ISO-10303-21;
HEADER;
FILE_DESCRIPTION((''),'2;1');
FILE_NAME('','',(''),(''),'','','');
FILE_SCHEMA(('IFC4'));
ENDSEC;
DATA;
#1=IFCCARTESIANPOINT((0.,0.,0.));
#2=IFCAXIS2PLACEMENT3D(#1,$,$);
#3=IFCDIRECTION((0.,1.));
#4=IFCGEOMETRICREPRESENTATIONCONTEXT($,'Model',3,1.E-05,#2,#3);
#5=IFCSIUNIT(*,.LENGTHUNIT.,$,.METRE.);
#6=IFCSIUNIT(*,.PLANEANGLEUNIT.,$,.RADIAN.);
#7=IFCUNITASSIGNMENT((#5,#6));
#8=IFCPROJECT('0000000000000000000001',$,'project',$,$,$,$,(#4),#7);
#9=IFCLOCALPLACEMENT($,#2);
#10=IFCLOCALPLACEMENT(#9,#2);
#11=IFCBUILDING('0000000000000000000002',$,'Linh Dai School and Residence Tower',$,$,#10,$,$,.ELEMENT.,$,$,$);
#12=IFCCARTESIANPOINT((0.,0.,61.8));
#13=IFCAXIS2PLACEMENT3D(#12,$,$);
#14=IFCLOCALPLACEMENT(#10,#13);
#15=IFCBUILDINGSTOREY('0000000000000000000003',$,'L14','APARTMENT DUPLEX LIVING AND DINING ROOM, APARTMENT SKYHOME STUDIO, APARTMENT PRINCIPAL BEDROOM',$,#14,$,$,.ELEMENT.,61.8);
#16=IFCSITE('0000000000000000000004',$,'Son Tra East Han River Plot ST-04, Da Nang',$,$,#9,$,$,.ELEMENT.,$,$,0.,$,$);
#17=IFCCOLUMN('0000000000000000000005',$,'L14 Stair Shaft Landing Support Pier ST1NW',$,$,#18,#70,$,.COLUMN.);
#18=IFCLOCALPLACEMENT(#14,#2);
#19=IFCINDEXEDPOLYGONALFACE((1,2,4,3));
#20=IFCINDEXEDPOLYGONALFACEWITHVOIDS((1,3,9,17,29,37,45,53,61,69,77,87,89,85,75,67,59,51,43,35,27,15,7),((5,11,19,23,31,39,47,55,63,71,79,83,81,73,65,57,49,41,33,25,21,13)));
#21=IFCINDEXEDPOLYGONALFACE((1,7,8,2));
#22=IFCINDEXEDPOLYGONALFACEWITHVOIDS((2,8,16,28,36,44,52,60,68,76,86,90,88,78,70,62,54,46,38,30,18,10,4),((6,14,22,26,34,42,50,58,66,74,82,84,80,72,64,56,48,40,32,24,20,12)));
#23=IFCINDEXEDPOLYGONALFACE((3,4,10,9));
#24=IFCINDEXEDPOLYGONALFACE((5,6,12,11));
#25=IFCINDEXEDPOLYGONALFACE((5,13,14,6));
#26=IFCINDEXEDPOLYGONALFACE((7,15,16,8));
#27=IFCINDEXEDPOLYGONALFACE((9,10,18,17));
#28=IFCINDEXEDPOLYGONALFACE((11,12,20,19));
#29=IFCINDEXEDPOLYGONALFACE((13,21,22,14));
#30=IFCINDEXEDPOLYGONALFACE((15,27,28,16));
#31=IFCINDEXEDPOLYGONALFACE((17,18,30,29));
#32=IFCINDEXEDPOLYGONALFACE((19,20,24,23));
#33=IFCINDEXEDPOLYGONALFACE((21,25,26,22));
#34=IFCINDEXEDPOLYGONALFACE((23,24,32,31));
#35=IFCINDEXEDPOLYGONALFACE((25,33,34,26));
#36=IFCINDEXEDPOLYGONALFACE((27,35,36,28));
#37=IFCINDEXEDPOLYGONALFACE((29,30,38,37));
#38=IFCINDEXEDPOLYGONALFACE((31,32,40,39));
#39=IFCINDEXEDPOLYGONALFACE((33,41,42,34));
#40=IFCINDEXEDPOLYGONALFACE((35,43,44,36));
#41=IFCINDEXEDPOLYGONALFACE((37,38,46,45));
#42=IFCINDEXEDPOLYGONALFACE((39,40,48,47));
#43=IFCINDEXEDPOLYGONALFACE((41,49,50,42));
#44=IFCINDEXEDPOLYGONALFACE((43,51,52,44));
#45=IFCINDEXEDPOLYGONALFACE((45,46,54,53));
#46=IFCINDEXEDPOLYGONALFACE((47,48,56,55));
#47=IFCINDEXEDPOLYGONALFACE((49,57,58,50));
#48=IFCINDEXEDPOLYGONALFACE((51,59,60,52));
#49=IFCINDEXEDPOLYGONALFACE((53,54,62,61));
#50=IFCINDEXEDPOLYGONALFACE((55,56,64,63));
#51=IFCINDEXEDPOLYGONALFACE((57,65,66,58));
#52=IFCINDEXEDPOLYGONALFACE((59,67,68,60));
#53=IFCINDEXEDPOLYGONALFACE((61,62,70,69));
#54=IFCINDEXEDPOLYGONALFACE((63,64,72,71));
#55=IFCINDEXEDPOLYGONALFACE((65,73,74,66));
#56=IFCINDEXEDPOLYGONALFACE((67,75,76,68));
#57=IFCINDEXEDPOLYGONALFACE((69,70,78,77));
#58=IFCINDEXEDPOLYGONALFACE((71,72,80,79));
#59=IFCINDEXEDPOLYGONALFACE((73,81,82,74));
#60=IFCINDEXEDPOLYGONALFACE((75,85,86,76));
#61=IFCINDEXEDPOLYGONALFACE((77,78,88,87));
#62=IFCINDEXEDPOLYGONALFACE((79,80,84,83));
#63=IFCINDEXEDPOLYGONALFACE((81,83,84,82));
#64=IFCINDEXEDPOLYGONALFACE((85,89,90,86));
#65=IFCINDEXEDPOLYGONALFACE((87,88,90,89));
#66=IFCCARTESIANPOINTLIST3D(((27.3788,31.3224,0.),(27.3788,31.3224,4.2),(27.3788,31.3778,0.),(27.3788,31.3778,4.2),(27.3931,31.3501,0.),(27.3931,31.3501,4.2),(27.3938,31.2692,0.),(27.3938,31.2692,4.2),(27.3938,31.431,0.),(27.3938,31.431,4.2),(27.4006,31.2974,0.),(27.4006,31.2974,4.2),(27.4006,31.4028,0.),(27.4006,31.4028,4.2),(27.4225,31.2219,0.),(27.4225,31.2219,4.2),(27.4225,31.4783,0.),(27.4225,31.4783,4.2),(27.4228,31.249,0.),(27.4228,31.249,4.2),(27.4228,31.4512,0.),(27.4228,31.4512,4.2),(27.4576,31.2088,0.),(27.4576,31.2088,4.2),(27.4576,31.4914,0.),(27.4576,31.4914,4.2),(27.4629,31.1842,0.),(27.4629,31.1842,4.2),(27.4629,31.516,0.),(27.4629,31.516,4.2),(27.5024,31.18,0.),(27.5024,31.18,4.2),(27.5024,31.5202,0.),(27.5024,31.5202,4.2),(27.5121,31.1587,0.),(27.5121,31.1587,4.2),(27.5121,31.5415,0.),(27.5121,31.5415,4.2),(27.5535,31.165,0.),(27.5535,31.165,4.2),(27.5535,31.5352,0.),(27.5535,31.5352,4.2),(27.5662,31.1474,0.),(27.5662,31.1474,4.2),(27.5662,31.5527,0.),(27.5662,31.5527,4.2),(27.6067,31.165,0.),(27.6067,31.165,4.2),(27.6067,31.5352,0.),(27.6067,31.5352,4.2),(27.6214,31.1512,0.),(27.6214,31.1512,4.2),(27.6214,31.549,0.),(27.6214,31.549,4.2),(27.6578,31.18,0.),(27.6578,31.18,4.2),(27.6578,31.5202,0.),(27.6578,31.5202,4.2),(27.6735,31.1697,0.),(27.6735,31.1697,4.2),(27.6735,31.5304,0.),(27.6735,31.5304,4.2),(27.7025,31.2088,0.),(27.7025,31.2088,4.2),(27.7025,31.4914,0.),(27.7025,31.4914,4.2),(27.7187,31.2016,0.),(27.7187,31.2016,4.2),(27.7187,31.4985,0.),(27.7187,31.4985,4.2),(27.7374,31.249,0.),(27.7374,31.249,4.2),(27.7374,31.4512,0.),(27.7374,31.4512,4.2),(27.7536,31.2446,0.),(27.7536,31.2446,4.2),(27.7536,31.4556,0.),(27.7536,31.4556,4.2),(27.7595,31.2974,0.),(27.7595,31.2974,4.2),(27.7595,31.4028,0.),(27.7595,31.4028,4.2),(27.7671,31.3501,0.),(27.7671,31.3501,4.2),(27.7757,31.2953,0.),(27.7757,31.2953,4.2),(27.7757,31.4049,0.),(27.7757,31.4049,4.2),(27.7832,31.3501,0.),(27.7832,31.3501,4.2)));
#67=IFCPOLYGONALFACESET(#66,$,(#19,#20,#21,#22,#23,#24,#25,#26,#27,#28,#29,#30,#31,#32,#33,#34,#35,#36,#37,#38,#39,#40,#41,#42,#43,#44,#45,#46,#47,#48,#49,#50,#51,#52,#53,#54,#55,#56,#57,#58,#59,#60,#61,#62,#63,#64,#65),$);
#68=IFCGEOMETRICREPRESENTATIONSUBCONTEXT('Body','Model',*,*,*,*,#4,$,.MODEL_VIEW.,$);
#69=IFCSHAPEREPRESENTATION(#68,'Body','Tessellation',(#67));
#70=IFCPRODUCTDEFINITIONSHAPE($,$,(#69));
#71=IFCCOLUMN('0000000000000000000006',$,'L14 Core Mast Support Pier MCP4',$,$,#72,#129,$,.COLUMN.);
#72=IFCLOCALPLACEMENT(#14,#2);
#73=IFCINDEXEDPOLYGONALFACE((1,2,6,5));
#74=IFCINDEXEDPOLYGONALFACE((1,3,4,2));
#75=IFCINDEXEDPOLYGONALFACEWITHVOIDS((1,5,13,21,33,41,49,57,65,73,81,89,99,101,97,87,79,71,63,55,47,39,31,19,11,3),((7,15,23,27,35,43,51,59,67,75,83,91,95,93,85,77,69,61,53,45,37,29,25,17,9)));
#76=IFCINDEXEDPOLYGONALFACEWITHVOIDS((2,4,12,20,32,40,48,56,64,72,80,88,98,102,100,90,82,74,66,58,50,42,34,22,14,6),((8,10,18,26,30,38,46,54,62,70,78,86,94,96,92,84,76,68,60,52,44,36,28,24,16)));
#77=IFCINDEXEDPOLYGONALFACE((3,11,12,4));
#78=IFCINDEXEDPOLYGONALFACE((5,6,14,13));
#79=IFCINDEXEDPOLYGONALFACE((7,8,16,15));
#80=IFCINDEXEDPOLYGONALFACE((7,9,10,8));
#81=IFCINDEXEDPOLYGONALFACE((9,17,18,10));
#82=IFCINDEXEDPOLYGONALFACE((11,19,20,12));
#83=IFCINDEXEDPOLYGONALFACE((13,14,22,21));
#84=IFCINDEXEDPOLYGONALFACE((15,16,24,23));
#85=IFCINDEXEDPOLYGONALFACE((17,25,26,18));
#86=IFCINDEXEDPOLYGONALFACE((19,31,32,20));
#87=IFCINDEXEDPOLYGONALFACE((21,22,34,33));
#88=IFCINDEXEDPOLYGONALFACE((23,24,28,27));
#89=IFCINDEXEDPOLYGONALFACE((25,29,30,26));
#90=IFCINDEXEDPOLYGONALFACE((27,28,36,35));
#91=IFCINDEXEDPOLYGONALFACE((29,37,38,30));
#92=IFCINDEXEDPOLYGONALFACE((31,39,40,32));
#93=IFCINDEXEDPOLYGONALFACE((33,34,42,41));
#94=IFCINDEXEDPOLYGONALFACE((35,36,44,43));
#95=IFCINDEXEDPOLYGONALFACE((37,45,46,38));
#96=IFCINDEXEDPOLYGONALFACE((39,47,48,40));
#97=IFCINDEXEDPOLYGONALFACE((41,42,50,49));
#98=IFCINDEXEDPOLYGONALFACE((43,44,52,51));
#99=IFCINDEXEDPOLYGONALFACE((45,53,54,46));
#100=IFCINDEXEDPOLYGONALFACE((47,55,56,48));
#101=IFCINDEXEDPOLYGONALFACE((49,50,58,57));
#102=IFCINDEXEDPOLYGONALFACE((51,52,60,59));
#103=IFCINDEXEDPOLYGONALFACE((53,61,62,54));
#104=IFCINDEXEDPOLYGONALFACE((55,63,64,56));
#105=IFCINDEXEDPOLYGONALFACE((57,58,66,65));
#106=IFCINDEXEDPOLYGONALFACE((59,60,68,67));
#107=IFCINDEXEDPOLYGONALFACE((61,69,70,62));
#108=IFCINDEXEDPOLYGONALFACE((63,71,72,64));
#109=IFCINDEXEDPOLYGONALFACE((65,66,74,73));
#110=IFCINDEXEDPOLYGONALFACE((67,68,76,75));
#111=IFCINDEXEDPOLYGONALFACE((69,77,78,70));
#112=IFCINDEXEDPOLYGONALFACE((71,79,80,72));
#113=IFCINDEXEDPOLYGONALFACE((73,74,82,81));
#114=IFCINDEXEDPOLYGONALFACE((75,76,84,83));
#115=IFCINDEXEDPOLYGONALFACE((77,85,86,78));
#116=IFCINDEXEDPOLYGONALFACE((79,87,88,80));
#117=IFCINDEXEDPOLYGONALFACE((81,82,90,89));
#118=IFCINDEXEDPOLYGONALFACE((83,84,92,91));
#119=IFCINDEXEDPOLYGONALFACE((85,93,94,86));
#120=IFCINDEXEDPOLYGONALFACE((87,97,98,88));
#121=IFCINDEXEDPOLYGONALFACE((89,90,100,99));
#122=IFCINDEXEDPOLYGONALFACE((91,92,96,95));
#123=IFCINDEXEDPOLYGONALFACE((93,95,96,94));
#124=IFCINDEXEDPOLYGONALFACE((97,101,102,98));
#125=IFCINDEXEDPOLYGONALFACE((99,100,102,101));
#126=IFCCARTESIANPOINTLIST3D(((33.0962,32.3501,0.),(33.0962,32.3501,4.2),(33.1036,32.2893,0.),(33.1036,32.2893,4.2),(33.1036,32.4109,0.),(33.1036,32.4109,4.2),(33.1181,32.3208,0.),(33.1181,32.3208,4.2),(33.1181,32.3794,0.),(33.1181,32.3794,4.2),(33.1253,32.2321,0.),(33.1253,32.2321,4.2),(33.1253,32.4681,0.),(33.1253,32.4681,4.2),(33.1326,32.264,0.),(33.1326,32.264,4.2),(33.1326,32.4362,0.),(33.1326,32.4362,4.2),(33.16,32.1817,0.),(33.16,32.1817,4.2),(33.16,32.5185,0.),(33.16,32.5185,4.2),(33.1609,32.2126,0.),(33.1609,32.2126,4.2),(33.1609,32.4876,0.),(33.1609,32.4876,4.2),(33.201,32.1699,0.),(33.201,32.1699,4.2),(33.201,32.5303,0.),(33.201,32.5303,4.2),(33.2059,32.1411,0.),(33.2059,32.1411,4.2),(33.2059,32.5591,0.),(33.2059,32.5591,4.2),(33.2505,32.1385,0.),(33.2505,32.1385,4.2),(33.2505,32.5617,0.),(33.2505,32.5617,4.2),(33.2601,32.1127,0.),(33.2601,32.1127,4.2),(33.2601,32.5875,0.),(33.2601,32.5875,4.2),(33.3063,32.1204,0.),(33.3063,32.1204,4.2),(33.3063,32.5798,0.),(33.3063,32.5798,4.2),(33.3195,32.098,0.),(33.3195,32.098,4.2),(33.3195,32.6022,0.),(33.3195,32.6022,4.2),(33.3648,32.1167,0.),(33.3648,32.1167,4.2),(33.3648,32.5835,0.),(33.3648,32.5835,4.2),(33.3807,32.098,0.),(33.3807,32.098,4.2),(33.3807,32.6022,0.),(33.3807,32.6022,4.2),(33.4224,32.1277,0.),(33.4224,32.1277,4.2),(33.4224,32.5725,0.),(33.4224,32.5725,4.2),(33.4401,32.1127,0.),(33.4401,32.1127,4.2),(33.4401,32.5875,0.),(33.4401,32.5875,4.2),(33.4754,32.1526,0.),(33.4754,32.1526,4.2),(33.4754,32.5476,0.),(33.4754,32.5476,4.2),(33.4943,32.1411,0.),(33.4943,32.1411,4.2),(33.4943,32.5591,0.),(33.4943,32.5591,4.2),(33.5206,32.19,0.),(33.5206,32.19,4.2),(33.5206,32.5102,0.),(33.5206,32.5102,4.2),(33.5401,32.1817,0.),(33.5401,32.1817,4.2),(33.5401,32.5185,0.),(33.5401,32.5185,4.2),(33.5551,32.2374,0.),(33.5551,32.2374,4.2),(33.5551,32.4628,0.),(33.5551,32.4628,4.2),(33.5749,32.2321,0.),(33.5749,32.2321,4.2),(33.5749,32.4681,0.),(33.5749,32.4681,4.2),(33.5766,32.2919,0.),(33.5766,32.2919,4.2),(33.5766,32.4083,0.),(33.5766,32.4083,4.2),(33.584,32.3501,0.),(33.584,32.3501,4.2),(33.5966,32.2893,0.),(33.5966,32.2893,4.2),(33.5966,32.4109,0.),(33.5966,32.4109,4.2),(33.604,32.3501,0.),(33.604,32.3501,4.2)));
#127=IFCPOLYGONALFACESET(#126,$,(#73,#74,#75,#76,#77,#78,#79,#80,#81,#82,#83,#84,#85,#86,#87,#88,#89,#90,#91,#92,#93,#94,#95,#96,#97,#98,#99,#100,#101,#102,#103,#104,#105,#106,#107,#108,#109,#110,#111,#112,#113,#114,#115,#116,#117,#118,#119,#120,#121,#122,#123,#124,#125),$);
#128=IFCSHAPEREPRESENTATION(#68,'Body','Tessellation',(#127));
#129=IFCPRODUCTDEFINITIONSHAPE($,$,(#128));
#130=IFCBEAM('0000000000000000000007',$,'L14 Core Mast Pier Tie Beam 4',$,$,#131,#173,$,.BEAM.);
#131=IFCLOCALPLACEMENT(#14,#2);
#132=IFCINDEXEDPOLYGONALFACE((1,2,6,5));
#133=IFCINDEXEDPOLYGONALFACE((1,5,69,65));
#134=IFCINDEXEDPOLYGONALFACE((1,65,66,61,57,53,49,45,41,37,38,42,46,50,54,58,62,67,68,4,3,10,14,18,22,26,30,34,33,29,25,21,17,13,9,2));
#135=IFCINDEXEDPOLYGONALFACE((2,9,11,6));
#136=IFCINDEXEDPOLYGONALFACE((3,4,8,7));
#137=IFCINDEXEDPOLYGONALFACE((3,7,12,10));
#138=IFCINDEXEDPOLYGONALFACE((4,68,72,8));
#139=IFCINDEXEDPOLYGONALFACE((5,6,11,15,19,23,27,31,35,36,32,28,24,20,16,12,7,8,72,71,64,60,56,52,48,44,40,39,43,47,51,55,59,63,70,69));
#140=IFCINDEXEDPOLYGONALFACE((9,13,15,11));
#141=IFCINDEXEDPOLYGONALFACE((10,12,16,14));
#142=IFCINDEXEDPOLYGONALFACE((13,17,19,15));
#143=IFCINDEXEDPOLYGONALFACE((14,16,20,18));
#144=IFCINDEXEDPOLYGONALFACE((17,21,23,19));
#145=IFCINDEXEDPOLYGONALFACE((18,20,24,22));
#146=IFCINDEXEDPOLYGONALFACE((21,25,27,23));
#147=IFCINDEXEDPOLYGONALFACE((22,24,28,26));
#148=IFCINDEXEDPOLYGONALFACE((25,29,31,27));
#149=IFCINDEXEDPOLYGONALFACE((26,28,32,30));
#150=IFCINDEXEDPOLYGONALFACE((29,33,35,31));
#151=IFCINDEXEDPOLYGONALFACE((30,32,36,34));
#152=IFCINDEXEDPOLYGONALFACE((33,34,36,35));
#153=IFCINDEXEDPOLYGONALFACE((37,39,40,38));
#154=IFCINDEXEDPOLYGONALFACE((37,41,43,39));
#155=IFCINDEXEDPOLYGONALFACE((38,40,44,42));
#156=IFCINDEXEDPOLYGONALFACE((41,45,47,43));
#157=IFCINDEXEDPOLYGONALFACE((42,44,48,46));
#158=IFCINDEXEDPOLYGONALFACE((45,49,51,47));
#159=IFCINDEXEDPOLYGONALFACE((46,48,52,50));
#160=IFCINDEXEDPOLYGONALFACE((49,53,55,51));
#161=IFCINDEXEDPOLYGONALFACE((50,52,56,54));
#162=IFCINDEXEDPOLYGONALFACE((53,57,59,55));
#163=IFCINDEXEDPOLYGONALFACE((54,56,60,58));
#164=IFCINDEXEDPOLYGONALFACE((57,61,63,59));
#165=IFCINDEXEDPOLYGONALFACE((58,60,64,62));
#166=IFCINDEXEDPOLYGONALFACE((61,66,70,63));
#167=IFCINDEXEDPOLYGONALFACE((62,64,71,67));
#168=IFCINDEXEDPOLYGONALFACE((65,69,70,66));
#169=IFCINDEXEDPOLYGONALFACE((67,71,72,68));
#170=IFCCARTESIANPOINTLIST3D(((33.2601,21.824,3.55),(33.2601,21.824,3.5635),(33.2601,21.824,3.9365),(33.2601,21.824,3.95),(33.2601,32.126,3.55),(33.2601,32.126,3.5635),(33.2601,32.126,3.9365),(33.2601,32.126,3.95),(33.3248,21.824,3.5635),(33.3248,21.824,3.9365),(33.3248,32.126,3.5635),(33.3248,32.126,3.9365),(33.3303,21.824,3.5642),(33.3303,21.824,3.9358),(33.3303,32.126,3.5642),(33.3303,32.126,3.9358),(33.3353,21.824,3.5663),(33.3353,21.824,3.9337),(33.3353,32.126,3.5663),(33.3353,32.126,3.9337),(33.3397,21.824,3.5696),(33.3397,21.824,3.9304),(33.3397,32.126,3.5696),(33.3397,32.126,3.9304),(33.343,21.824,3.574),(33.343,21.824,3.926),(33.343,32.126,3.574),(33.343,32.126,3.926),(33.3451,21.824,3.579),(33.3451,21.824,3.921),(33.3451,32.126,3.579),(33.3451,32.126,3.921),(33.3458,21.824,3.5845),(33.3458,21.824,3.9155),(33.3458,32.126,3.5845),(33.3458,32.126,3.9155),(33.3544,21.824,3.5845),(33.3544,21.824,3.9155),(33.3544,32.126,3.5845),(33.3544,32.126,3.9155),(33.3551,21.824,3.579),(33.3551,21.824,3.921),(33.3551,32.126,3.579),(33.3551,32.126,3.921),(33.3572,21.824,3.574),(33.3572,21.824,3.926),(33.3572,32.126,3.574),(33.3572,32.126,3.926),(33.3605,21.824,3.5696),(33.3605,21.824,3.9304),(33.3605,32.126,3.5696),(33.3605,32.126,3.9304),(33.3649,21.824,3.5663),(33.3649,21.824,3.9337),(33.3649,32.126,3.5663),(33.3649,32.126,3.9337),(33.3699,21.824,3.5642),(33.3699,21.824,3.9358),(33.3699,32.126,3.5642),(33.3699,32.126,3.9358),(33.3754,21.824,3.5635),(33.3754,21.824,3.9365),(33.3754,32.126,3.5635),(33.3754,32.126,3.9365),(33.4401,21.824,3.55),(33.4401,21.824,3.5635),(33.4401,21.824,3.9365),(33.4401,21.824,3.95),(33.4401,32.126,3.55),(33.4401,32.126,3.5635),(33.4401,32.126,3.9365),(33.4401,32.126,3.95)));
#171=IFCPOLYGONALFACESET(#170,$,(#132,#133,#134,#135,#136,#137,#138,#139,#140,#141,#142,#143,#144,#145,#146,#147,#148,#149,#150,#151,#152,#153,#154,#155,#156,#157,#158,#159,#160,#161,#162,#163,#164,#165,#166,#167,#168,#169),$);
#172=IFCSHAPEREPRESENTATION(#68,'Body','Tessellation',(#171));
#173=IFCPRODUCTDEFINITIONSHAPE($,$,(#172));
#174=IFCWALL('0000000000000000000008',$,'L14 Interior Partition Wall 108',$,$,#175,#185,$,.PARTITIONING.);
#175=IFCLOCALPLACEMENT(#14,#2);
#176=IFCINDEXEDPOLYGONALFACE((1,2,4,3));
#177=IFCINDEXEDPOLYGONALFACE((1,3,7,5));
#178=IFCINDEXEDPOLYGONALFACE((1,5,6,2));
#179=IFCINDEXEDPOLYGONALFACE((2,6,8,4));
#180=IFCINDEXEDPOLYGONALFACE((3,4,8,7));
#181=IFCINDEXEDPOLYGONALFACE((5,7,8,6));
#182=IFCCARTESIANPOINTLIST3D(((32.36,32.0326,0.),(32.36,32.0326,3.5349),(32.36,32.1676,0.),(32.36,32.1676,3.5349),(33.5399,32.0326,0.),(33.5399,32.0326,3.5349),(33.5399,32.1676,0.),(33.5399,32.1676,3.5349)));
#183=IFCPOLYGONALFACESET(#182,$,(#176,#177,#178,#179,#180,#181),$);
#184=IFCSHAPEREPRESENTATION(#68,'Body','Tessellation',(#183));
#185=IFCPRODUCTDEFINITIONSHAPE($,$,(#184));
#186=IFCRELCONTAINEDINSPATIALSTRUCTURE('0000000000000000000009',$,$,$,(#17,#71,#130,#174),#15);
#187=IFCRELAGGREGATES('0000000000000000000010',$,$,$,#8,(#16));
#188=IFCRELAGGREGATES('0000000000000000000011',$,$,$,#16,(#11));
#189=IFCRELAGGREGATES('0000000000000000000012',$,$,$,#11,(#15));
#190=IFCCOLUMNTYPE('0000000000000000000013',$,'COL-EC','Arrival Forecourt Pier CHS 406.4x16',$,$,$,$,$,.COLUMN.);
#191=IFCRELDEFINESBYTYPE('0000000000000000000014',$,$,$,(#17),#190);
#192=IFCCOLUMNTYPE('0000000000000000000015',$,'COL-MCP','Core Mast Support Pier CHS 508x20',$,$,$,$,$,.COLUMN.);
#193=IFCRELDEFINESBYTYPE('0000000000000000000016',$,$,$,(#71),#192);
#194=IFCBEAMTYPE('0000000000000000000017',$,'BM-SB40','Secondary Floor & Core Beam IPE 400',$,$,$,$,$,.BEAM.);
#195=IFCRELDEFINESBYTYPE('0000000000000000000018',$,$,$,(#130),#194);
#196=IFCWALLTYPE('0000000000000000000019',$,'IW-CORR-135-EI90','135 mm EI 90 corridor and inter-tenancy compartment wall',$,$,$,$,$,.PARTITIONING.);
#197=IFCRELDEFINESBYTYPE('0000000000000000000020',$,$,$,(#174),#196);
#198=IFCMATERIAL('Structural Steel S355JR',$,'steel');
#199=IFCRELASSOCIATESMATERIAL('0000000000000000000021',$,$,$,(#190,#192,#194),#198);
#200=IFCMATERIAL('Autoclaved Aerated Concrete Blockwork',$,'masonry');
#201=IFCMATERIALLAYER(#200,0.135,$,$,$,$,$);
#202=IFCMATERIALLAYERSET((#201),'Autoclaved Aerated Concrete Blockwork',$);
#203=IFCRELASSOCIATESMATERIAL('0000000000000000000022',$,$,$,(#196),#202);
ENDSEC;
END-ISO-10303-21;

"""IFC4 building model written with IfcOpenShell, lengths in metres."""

from ifc_helpers import new_model, si_unit, direction, frame, frame_2d, origin, origin_2d, place, context, subcontext, project, spatial, rectangle, hollow_circle, i_section, extrude, material, layer, layer_set, material_profile, profile_set, type_object, element, save


model = new_model("IFC4")

# Units and contexts
model_context = context("Model", 3, precision=1e-05, world=origin(), true_north=direction((0.0, 1.0)))
body_context = subcontext(model_context, "Body", "Model", "MODEL_VIEW")
ifc_project = project(units=[si_unit("LENGTHUNIT", "METRE"), si_unit("PLANEANGLEUNIT", "RADIAN")], contexts=[model_context])

# Site, building, storey
site_placement = place(None, origin())
site = spatial("IfcSite", under=ifc_project, at=site_placement, Name="Son Tra East Han River Plot ST-04, Da Nang", CompositionType="ELEMENT", RefElevation=0.0)
building_placement = place(site_placement, origin())
building = spatial("IfcBuilding", under=site, at=building_placement, Name="Linh Dai School and Residence Tower", CompositionType="ELEMENT")
storey_placement = place(building_placement, frame((0.0, 0.0, 61.8)))
storey = spatial("IfcBuildingStorey", under=building, at=storey_placement, Name="L14", Description="APARTMENT DUPLEX LIVING AND DINING ROOM, APARTMENT SKYHOME STUDIO, APARTMENT PRINCIPAL BEDROOM", CompositionType="ELEMENT", Elevation=61.8)

# Columns
ifc_material_1 = material(Name="Structural Steel S355JR", Category="steel")
ifc_material_profile_1 = material_profile(ifc_material_1, hollow_circle(Radius=0.2031, WallThickness=0.0161, at=origin_2d()), Name="CHS 406.4x16")
ifc_profile_set_1 = profile_set([ifc_material_profile_1], Name="Structural Steel S355JR")
column_type_1 = type_object("IfcColumnType", Name="COL-EC", Description="Arrival Forecourt Pier CHS 406.4x16", PredefinedType="COLUMN", material=ifc_profile_set_1)
column_1_placement = place(storey_placement, frame((27.5801, 31.3501, 0.0), z_axis=(0.0, 0.0, 1.0), x_axis=(1.0, 0.0, 0.0)))
element("IfcColumn", 1, at=column_1_placement, inside=storey, type_object=column_type_1, Name="L14 Stair Shaft Landing Support Pier ST1NW", PredefinedType="COLUMN", context=body_context, shape_type="SweptSolid", body=[
    extrude(hollow_circle(Radius=0.2031, WallThickness=0.0161, at=origin_2d()), origin(), (0.0, 0.0, 1.0), 4.2),
])
ifc_material_profile_2 = material_profile(ifc_material_1, hollow_circle(Radius=0.2539, WallThickness=0.02, at=origin_2d()), Name="CHS 508x20")
ifc_profile_set_2 = profile_set([ifc_material_profile_2], Name="Structural Steel S355JR")
column_type_2 = type_object("IfcColumnType", Name="COL-MCP", Description="Core Mast Support Pier CHS 508x20", PredefinedType="COLUMN", material=ifc_profile_set_2)
column_2_placement = place(storey_placement, frame((33.3501, 32.3501, 0.0), z_axis=(0.0, 0.0, 1.0), x_axis=(1.0, 0.0, 0.0)))
element("IfcColumn", 2, at=column_2_placement, inside=storey, type_object=column_type_2, Name="L14 Core Mast Support Pier MCP4", PredefinedType="COLUMN", context=body_context, shape_type="SweptSolid", body=[
    extrude(hollow_circle(Radius=0.2539, WallThickness=0.02, at=origin_2d()), origin(), (0.0, 0.0, 1.0), 4.2),
])

# Beam
ifc_material_profile_3 = material_profile(ifc_material_1, i_section(OverallWidth=0.1799, OverallDepth=0.3999, WebThickness=0.0085, FlangeThickness=0.0134, FilletRadius=0.021, at=origin_2d()), Name="IPE 400")
ifc_profile_set_3 = profile_set([ifc_material_profile_3], Name="Structural Steel S355JR")
beam_type = type_object("IfcBeamType", Name="BM-SB40", Description="Secondary Floor & Core Beam IPE 400", PredefinedType="BEAM", material=ifc_profile_set_3)
beam_placement = place(storey_placement, frame((33.3501, 32.126, 3.75), z_axis=(0.0, -1.0, 0.0), x_axis=(1.0, 0.0, 0.0)))
element("IfcBeam", 3, at=beam_placement, inside=storey, type_object=beam_type, Name="L14 Core Mast Pier Tie Beam 4", PredefinedType="BEAM", context=body_context, shape_type="SweptSolid", body=[
    extrude(i_section(OverallWidth=0.1799, OverallDepth=0.3999, WebThickness=0.0085, FlangeThickness=0.0134, FilletRadius=0.021, at=origin_2d()), origin(), (0.0, 0.0, 1.0), 10.302),
])

# Wall
ifc_material_2 = material(Name="Autoclaved Aerated Concrete Blockwork", Category="masonry")
ifc_layer_1 = layer(ifc_material_2, 0.135)
ifc_layer_set_1 = layer_set([ifc_layer_1], Name="Autoclaved Aerated Concrete Blockwork")
wall_type_1 = type_object("IfcWallType", Name="IW-CORR-135-EI90", Description="135 mm EI 90 corridor and inter-tenancy compartment wall", PredefinedType="PARTITIONING", material=ifc_layer_set_1)
wall_1_placement = place(storey_placement, frame((32.3601, 32.1001, 0.0), z_axis=(0.0, 0.0, 1.0), x_axis=(1.0, 0.0, 0.0)))
element("IfcWall", 4, at=wall_1_placement, inside=storey, type_object=wall_type_1, Name="L14 Interior Partition Wall 108", PredefinedType="PARTITIONING", context=body_context, shape_type="SweptSolid", body=[
    extrude(rectangle(XDim=1.1799, YDim=0.135, at=frame_2d((0.5898, 0.0))), origin(), (0.0, 0.0, 1.0), 3.5349),
])

save(model, "model.ifc")
